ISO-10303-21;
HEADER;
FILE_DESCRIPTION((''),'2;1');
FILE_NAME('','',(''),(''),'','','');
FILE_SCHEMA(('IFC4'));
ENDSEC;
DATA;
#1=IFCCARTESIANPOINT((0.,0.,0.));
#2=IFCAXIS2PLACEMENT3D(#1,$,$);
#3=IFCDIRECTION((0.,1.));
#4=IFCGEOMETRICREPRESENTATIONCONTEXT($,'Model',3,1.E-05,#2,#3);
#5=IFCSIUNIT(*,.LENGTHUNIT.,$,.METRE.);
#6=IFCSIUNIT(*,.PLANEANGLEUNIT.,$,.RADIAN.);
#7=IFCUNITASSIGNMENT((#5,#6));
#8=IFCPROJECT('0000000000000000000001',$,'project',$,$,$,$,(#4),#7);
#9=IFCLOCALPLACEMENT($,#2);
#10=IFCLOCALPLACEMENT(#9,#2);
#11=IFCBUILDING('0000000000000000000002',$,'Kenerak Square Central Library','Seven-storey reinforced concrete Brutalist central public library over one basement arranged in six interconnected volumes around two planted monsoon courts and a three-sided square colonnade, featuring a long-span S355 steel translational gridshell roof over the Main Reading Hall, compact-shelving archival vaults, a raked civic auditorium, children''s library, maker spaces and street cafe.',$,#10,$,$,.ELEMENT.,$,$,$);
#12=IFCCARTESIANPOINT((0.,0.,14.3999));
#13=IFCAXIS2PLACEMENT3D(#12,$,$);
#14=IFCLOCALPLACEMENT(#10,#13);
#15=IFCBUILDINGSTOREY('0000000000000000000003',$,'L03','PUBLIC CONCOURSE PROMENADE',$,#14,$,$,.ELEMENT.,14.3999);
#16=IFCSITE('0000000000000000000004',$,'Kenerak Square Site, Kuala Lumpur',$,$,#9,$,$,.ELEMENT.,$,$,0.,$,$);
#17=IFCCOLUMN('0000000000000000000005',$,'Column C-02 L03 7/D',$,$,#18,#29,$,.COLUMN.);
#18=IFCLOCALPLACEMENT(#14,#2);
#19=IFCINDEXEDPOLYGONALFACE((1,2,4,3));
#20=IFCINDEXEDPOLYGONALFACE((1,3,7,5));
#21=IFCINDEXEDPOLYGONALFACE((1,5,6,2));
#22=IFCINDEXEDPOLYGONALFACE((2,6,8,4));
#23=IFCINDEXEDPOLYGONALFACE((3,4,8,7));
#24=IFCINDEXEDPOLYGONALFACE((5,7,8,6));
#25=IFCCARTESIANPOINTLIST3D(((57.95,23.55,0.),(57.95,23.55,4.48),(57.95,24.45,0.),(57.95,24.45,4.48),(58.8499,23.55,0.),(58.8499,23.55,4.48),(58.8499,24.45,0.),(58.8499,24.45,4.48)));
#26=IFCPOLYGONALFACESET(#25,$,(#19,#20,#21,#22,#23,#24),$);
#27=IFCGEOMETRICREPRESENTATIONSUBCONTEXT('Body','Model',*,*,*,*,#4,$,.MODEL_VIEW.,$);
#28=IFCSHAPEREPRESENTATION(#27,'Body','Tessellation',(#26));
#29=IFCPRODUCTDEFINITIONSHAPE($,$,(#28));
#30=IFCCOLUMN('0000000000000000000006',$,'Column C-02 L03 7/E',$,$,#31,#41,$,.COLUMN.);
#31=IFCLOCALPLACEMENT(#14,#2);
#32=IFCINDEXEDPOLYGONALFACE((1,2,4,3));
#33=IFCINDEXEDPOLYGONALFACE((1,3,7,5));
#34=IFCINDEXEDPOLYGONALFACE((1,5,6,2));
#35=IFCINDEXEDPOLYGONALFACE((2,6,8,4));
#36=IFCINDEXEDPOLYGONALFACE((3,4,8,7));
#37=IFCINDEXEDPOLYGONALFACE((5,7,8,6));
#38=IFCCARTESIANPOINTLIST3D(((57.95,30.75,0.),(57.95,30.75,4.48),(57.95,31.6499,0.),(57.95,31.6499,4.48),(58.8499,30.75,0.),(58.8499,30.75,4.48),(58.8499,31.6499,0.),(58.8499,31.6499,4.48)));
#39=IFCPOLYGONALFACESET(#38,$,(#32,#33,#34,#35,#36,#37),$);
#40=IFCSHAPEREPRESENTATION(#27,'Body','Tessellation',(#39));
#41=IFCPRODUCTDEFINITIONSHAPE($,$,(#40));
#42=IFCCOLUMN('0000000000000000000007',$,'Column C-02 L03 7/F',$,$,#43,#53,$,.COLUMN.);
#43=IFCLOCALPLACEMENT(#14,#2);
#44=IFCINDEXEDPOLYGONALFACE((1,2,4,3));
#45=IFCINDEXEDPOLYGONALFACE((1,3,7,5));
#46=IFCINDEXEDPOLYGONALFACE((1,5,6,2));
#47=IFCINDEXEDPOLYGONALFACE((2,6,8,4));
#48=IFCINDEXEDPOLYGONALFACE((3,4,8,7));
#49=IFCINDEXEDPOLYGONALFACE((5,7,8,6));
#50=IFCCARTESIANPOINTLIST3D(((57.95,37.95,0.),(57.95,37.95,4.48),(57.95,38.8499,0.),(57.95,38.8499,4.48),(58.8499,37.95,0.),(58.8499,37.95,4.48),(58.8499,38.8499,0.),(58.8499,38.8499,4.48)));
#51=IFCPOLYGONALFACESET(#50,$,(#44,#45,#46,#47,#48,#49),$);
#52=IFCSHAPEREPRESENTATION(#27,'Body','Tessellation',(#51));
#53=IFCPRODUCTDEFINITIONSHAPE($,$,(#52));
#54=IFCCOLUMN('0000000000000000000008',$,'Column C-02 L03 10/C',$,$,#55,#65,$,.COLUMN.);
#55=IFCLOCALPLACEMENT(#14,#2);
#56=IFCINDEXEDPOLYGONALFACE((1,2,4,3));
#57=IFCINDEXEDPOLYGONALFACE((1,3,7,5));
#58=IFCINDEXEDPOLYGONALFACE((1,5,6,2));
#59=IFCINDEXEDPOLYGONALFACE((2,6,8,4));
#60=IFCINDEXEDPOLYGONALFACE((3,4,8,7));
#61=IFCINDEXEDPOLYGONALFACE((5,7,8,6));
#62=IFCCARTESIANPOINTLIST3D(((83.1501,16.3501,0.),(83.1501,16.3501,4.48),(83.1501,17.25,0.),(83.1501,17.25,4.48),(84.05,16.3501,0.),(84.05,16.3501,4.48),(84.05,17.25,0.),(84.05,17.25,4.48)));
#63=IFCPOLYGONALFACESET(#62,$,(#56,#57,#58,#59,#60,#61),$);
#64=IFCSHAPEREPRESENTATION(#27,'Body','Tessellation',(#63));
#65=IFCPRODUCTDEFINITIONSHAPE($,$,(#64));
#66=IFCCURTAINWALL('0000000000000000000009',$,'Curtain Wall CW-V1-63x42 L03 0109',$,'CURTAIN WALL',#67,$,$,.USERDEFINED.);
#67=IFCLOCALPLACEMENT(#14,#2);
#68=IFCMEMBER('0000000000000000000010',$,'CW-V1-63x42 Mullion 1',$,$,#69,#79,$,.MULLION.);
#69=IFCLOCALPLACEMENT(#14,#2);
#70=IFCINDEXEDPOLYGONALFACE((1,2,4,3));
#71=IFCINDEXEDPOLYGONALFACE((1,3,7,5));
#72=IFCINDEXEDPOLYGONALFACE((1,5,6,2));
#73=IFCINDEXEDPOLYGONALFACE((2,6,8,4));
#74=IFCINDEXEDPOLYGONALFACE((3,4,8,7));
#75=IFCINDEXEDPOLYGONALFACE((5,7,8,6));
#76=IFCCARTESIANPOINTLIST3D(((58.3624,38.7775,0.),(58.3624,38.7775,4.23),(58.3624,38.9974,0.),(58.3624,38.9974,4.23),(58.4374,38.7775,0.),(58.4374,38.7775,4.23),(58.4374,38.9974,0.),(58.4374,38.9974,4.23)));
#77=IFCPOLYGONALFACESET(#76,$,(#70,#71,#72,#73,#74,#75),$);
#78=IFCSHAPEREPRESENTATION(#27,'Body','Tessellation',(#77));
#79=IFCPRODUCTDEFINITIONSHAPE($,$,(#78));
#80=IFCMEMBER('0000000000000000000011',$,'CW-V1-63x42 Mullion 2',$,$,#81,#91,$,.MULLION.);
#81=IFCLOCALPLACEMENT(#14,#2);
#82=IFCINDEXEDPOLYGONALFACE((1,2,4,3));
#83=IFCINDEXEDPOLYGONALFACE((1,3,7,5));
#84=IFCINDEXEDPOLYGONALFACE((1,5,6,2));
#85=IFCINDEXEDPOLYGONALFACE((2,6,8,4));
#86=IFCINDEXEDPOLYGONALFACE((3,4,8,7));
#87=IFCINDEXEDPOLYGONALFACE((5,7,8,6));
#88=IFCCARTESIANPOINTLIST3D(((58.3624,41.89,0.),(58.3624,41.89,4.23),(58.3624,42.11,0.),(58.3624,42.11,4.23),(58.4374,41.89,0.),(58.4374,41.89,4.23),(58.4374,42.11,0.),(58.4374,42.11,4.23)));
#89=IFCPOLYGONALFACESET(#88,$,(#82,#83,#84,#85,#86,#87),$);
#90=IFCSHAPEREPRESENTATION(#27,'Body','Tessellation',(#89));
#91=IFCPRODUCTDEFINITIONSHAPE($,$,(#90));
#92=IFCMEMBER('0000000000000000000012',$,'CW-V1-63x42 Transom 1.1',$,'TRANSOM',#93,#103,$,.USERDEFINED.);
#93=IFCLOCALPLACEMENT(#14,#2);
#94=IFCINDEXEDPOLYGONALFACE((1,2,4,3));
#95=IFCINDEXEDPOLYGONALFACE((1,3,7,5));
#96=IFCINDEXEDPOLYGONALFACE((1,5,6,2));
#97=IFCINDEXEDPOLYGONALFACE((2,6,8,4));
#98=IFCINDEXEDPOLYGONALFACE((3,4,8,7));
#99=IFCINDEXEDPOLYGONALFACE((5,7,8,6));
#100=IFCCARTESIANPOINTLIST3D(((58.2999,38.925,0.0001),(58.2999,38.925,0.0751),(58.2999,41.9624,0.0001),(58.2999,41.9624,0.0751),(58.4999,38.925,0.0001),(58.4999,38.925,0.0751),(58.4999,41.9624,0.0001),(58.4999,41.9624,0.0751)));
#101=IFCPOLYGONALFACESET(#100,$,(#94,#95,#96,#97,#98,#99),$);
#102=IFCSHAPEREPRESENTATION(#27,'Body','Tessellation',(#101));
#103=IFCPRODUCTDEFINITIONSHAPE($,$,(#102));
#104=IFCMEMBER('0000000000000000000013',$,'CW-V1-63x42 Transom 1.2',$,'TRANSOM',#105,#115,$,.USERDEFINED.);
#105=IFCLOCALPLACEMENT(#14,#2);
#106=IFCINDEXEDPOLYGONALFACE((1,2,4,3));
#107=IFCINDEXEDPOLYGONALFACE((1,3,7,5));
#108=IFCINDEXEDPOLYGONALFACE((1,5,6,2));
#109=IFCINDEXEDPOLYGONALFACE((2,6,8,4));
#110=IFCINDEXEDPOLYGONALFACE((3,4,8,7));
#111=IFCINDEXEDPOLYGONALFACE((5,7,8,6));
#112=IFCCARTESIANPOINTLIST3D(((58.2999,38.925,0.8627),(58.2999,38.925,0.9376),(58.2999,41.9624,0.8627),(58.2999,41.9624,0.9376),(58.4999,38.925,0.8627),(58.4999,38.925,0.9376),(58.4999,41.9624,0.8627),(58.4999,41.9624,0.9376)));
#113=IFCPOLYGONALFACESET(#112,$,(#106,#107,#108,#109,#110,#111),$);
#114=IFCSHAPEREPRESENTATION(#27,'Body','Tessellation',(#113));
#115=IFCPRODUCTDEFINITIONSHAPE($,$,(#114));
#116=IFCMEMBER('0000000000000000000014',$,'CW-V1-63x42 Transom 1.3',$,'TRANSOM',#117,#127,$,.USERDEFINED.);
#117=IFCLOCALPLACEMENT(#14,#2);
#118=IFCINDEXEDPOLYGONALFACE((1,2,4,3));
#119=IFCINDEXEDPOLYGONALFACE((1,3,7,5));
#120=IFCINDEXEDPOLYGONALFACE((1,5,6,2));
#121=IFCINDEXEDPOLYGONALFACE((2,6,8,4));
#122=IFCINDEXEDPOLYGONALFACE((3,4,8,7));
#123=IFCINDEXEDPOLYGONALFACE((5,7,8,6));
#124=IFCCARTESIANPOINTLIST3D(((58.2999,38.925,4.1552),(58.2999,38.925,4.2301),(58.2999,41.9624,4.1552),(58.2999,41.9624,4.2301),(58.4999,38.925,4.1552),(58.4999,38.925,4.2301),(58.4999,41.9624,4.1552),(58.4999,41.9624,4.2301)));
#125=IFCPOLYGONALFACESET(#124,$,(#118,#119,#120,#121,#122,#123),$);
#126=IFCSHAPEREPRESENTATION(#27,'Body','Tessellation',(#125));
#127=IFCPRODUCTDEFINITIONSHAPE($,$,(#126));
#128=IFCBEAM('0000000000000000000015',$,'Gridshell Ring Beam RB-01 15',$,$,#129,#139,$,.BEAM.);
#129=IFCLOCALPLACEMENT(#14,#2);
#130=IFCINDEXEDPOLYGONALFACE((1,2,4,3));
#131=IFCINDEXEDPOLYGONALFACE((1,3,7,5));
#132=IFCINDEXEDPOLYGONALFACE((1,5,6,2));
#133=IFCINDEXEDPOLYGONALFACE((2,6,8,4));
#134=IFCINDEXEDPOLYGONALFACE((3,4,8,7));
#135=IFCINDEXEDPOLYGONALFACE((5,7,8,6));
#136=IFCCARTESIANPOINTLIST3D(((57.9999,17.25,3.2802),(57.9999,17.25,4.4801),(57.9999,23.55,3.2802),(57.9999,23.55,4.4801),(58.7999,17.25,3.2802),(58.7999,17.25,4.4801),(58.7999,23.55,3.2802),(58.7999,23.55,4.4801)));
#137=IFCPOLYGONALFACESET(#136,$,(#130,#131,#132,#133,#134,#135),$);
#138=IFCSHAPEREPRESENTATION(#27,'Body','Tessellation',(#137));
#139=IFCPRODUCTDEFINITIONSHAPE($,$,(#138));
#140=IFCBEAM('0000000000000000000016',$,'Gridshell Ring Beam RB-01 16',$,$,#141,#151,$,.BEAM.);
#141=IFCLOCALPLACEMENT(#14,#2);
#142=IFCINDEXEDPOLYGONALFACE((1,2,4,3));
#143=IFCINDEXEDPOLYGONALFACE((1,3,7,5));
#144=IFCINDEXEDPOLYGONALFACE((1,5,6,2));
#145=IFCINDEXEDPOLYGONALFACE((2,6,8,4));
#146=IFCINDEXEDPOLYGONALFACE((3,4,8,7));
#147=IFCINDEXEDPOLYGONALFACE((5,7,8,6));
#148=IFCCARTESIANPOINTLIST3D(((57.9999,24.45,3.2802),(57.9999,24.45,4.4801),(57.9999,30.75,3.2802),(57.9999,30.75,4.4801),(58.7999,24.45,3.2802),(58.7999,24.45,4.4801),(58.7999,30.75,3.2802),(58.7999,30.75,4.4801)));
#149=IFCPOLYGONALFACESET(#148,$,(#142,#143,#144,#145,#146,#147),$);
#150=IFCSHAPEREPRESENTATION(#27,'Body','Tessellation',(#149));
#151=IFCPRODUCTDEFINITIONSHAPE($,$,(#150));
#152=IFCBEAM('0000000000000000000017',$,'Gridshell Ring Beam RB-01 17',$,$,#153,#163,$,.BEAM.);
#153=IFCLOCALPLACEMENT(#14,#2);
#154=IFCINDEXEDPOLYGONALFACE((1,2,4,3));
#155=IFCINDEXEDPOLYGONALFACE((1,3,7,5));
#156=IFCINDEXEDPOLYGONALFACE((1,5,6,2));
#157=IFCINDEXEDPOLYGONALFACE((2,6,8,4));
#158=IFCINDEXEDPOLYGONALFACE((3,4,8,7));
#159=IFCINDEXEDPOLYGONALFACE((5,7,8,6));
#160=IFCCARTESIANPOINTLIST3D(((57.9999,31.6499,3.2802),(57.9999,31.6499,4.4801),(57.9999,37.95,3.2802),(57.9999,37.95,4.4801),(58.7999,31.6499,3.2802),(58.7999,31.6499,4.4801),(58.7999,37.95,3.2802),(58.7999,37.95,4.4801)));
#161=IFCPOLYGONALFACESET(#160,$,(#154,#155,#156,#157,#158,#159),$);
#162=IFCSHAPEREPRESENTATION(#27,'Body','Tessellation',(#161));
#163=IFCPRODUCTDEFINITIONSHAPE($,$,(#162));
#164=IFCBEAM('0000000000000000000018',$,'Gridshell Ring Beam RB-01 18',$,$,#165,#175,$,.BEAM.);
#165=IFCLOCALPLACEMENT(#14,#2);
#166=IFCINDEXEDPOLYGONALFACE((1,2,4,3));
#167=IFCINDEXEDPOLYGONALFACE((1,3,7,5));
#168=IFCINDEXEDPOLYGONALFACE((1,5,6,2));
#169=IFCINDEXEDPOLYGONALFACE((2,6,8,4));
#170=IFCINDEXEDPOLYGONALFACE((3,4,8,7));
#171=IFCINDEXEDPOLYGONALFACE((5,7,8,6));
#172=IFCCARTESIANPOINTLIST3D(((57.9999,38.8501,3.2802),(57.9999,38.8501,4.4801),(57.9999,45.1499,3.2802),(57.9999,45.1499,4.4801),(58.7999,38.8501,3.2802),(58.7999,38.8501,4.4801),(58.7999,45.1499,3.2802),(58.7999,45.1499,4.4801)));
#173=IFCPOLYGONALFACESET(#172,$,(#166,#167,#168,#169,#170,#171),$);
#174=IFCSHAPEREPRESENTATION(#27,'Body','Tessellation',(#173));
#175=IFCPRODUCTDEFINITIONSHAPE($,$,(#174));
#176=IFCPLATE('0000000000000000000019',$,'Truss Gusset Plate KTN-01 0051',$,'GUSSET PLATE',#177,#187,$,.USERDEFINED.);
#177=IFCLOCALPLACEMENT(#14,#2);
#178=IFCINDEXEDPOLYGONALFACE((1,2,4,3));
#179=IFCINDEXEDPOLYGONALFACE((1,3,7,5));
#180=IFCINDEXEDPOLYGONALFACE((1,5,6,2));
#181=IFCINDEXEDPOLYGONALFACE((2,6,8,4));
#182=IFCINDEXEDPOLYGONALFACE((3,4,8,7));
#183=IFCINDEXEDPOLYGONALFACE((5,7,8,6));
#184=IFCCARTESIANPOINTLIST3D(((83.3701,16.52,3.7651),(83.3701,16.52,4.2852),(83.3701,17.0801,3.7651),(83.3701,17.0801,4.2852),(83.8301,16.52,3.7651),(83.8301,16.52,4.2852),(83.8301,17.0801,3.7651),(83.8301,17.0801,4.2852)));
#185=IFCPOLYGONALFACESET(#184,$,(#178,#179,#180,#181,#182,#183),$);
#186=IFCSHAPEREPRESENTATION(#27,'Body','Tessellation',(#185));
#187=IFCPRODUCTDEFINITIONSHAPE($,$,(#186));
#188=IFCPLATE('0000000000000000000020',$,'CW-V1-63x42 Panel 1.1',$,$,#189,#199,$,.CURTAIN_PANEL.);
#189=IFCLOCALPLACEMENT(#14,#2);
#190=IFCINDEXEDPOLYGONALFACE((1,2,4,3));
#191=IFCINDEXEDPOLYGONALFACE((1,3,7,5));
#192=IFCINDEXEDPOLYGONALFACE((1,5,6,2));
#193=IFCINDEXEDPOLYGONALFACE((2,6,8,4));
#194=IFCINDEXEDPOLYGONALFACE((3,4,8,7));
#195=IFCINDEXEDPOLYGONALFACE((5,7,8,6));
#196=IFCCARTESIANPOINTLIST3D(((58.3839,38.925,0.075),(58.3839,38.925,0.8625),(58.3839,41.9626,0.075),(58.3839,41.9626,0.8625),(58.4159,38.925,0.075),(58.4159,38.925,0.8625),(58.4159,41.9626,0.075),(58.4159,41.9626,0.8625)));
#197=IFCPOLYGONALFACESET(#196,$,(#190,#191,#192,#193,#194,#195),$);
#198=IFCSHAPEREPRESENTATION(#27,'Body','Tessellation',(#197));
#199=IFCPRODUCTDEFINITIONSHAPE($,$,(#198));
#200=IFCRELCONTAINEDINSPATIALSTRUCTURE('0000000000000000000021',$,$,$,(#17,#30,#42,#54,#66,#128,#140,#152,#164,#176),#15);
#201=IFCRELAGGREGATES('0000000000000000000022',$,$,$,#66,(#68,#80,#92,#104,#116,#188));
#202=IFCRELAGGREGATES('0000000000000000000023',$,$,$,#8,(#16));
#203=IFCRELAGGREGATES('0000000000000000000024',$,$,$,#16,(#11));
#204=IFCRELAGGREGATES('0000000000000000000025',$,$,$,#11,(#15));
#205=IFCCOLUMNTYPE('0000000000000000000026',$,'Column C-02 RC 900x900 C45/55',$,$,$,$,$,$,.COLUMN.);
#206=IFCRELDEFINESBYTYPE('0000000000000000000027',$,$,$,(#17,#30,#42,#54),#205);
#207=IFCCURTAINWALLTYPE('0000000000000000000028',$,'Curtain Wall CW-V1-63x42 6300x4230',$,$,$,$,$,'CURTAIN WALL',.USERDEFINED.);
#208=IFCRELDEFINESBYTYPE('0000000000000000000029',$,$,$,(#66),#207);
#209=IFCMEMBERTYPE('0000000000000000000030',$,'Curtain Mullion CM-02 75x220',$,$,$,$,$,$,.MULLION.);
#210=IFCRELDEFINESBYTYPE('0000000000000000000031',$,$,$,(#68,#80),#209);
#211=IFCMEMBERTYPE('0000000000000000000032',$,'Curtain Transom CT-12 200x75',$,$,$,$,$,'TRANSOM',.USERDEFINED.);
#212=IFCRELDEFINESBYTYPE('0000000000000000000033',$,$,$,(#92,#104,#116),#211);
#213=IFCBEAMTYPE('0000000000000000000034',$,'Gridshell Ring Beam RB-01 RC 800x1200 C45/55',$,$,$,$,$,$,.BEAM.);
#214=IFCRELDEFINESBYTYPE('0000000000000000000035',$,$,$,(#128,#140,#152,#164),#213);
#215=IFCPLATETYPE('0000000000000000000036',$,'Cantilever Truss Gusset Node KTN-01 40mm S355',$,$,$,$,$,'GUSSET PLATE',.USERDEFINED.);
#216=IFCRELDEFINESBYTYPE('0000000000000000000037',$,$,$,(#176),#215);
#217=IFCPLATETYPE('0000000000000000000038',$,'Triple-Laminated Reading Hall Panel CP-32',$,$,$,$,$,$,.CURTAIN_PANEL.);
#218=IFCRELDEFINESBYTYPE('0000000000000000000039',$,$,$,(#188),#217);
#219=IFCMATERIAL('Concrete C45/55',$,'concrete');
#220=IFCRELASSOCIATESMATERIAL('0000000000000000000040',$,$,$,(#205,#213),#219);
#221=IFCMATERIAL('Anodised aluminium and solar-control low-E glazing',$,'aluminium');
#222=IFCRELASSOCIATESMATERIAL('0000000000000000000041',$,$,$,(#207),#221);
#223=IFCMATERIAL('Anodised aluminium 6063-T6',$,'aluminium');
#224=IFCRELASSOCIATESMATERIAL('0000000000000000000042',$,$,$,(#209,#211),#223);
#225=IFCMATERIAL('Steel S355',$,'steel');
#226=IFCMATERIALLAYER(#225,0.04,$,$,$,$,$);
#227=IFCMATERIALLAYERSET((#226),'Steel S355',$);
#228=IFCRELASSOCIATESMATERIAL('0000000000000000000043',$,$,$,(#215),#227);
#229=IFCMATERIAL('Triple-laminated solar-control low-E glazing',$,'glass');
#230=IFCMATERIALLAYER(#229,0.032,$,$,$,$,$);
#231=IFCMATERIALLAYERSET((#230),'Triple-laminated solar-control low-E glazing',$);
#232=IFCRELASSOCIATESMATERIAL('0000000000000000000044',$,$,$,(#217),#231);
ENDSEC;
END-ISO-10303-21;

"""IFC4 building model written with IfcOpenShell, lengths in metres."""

from ifc_helpers import new_model, si_unit, direction, frame, origin, origin_2d, place, context, subcontext, project, spatial, rectangle, extrude, material, layer, layer_set, material_profile, profile_set, type_object, element, aggregate, save


model = new_model("IFC4")

# Units and contexts
model_context = context("Model", 3, precision=1e-05, world=origin(), true_north=direction((0.0, 1.0)))
body_context = subcontext(model_context, "Body", "Model", "MODEL_VIEW")
ifc_project = project(units=[si_unit("LENGTHUNIT", "METRE"), si_unit("PLANEANGLEUNIT", "RADIAN")], contexts=[model_context])

# Site, building, storey
site_placement = place(None, origin())
site = spatial("IfcSite", under=ifc_project, at=site_placement, Name="Kenerak Square Site, Kuala Lumpur", CompositionType="ELEMENT", RefElevation=0.0)
building_placement = place(site_placement, origin())
building = spatial("IfcBuilding", under=site, at=building_placement, Name="Kenerak Square Central Library", Description="Seven-storey reinforced concrete Brutalist central public library over one basement arranged in six interconnected volumes around two planted monsoon courts and a three-sided square colonnade, featuring a long-span S355 steel translational gridshell roof over the Main Reading Hall, compact-shelving archival vaults, a raked civic auditorium, children's library, maker spaces and street cafe.", CompositionType="ELEMENT")
storey_placement = place(building_placement, frame((0.0, 0.0, 14.3999)))
storey = spatial("IfcBuildingStorey", under=building, at=storey_placement, Name="L03", Description="PUBLIC CONCOURSE PROMENADE", CompositionType="ELEMENT", Elevation=14.3999)

# Columns
ifc_material_1 = material(Name="Concrete C45/55", Category="concrete")
ifc_material_profile_1 = material_profile(ifc_material_1, rectangle(XDim=0.8999, YDim=0.8999, at=origin_2d()), Name="RC 900x900")
ifc_profile_set_1 = profile_set([ifc_material_profile_1], Name="Concrete C45/55")
column_type = type_object("IfcColumnType", Name="Column C-02 RC 900x900 C45/55", PredefinedType="COLUMN", material=ifc_profile_set_1)
for number, where, z_axis, x_axis, name in (
    (1, (58.3999, 24.0, 0.0), (0.0, 0.0, 1.0), (1.0, 0.0, 0.0), "Column C-02 L03 7/D"),
    (2, (58.3999, 31.2, 0.0), (0.0, 0.0, 1.0), (1.0, 0.0, 0.0), "Column C-02 L03 7/E"),
    (3, (58.3999, 38.3999, 0.0), (0.0, 0.0, 1.0), (1.0, 0.0, 0.0), "Column C-02 L03 7/F"),
    (4, (83.6001, 16.8, 0.0), (0.0, 0.0, 1.0), (1.0, 0.0, 0.0), "Column C-02 L03 10/C"),
):
    element("IfcColumn", number, at=place(storey_placement, frame(where, z_axis=z_axis, x_axis=x_axis)), inside=storey, type_object=column_type, Name=name, PredefinedType="COLUMN", context=body_context, shape_type="SweptSolid", body=[
        extrude(rectangle(XDim=0.8999, YDim=0.8999, at=origin_2d()), origin(), (0.0, 0.0, 1.0), 4.48),
    ])

# Curtain wall, members
ifc_material_2 = material(Name="Anodised aluminium and solar-control low-E glazing", Category="aluminium")
curtain_wall_type = type_object("IfcCurtainWallType", Name="Curtain Wall CW-V1-63x42 6300x4230", ElementType="CURTAIN WALL", PredefinedType="USERDEFINED", material=ifc_material_2)
curtain_wall_placement = place(storey_placement, origin())
curtain_wall = element("IfcCurtainWall", 5, at=curtain_wall_placement, inside=storey, type_object=curtain_wall_type, Name="Curtain Wall CW-V1-63x42 L03 0109", ObjectType="CURTAIN WALL", PredefinedType="USERDEFINED")
ifc_material_3 = material(Name="Anodised aluminium 6063-T6", Category="aluminium")
ifc_material_profile_2 = material_profile(ifc_material_3, rectangle(XDim=0.075, YDim=0.22, at=origin_2d()), Name="AL MULLION 75x220")
ifc_profile_set_2 = profile_set([ifc_material_profile_2], Name="Anodised aluminium 6063-T6")
member_type_1 = type_object("IfcMemberType", Name="Curtain Mullion CM-02 75x220", PredefinedType="MULLION", material=ifc_profile_set_2)
member_1_placement = place(storey_placement, frame((58.3999, 38.8875, 0.0), z_axis=(0.0, 0.0, 1.0), x_axis=(-1.0, 0.0, 0.0)))
member_1 = element("IfcMember", 6, at=member_1_placement, type_object=member_type_1, Name="CW-V1-63x42 Mullion 1", PredefinedType="MULLION", context=body_context, shape_type="SweptSolid", body=[
    extrude(rectangle(XDim=0.075, YDim=0.22, at=origin_2d()), origin(), (0.0, 0.0, 1.0), 4.23),
])
member_2_placement = place(storey_placement, frame((58.3999, 42.0, 0.0), z_axis=(0.0, 0.0, 1.0), x_axis=(-1.0, 0.0, 0.0)))
member_2 = element("IfcMember", 7, at=member_2_placement, type_object=member_type_1, Name="CW-V1-63x42 Mullion 2", PredefinedType="MULLION", context=body_context, shape_type="SweptSolid", body=[
    extrude(rectangle(XDim=0.075, YDim=0.22, at=origin_2d()), origin(), (0.0, 0.0, 1.0), 4.23),
])
ifc_material_profile_3 = material_profile(ifc_material_3, rectangle(XDim=0.2, YDim=0.075, at=origin_2d()), Name="AL TRANSOM 200x75")
ifc_profile_set_3 = profile_set([ifc_material_profile_3], Name="Anodised aluminium 6063-T6")
member_type_2 = type_object("IfcMemberType", Name="Curtain Transom CT-12 200x75", ElementType="TRANSOM", PredefinedType="USERDEFINED", material=ifc_profile_set_3)
member_3_placement = place(storey_placement, frame((58.3999, 38.925, 0.0376), z_axis=(0.0, 1.0, 0.0), x_axis=(-1.0, 0.0, 0.0)))
member_3 = element("IfcMember", 8, at=member_3_placement, type_object=member_type_2, Name="CW-V1-63x42 Transom 1.1", ObjectType="TRANSOM", PredefinedType="USERDEFINED", context=body_context, shape_type="SweptSolid", body=[
    extrude(rectangle(XDim=0.2, YDim=0.075, at=origin_2d()), origin(), (0.0, 0.0, 1.0), 3.0374),
])
member_4_placement = place(storey_placement, frame((58.3999, 38.925, 0.9001), z_axis=(0.0, 1.0, 0.0), x_axis=(-1.0, 0.0, 0.0)))
member_4 = element("IfcMember", 9, at=member_4_placement, type_object=member_type_2, Name="CW-V1-63x42 Transom 1.2", ObjectType="TRANSOM", PredefinedType="USERDEFINED", context=body_context, shape_type="SweptSolid", body=[
    extrude(rectangle(XDim=0.2, YDim=0.075, at=origin_2d()), origin(), (0.0, 0.0, 1.0), 3.0374),
])
member_5_placement = place(storey_placement, frame((58.3999, 38.925, 4.1926), z_axis=(0.0, 1.0, 0.0), x_axis=(-1.0, 0.0, 0.0)))
member_5 = element("IfcMember", 10, at=member_5_placement, type_object=member_type_2, Name="CW-V1-63x42 Transom 1.3", ObjectType="TRANSOM", PredefinedType="USERDEFINED", context=body_context, shape_type="SweptSolid", body=[
    extrude(rectangle(XDim=0.2, YDim=0.075, at=origin_2d()), origin(), (0.0, 0.0, 1.0), 3.0374),
])

# Beams
ifc_material_profile_4 = material_profile(ifc_material_1, rectangle(XDim=0.8, YDim=1.2, at=origin_2d()), Name="RC 800x1200")
ifc_profile_set_4 = profile_set([ifc_material_profile_4], Name="Concrete C45/55")
beam_type = type_object("IfcBeamType", Name="Gridshell Ring Beam RB-01 RC 800x1200 C45/55", PredefinedType="BEAM", material=ifc_profile_set_4)
for number, where, z_axis, x_axis, name in (
    (11, (58.3999, 17.25, 3.8801), (0.0, 1.0, 0.0), (-1.0, 0.0, 0.0), "Gridshell Ring Beam RB-01 15"),
    (12, (58.3999, 24.45, 3.8801), (0.0, 1.0, 0.0), (-1.0, 0.0, 0.0), "Gridshell Ring Beam RB-01 16"),
    (13, (58.3999, 31.6499, 3.8801), (0.0, 1.0, 0.0), (-1.0, 0.0, 0.0), "Gridshell Ring Beam RB-01 17"),
):
    element("IfcBeam", number, at=place(storey_placement, frame(where, z_axis=z_axis, x_axis=x_axis)), inside=storey, type_object=beam_type, Name=name, PredefinedType="BEAM", context=body_context, shape_type="SweptSolid", body=[
        extrude(rectangle(XDim=0.8, YDim=1.2, at=origin_2d()), origin(), (0.0, 0.0, 1.0), 6.3),
    ])
beam_placement = place(storey_placement, frame((58.3999, 38.8501, 3.8801), z_axis=(0.0, 1.0, 0.0), x_axis=(-1.0, 0.0, 0.0)))
element("IfcBeam", 14, at=beam_placement, inside=storey, type_object=beam_type, Name="Gridshell Ring Beam RB-01 18", PredefinedType="BEAM", context=body_context, shape_type="SweptSolid", body=[
    extrude(rectangle(XDim=0.8, YDim=1.2, at=origin_2d()), origin(), (0.0, 0.0, 1.0), 6.2998),
])

# Plates
ifc_material_4 = material(Name="Steel S355", Category="steel")
ifc_layer_1 = layer(ifc_material_4, 0.04)
ifc_layer_set_1 = layer_set([ifc_layer_1], Name="Steel S355")
plate_type_1 = type_object("IfcPlateType", Name="Cantilever Truss Gusset Node KTN-01 40mm S355", ElementType="GUSSET PLATE", PredefinedType="USERDEFINED", material=ifc_layer_set_1)
plate_1_placement = place(storey_placement, frame((83.6001, 16.8, 3.7651), z_axis=(0.0, 0.0, 1.0), x_axis=(1.0, 0.0, 0.0)))
element("IfcPlate", 15, at=plate_1_placement, inside=storey, type_object=plate_type_1, Name="Truss Gusset Plate KTN-01 0051", ObjectType="GUSSET PLATE", PredefinedType="USERDEFINED", context=body_context, shape_type="SweptSolid", body=[
    extrude(rectangle(XDim=0.46, YDim=0.5601, at=origin_2d()), origin(), (0.0, 0.0, 1.0), 0.52),
])
ifc_material_5 = material(Name="Triple-laminated solar-control low-E glazing", Category="glass")
ifc_layer_2 = layer(ifc_material_5, 0.032)
ifc_layer_set_2 = layer_set([ifc_layer_2], Name="Triple-laminated solar-control low-E glazing")
plate_type_2 = type_object("IfcPlateType", Name="Triple-Laminated Reading Hall Panel CP-32", PredefinedType="CURTAIN_PANEL", material=ifc_layer_set_2)
plate_2_placement = place(storey_placement, frame((58.3999, 40.4438, 0.075), z_axis=(0.0, 0.0, 1.0), x_axis=(0.0, 1.0, 0.0)))
plate_2 = element("IfcPlate", 16, at=plate_2_placement, type_object=plate_type_2, Name="CW-V1-63x42 Panel 1.1", PredefinedType="CURTAIN_PANEL", context=body_context, shape_type="SweptSolid", body=[
    extrude(rectangle(XDim=3.0376, YDim=0.032, at=origin_2d()), origin(), (0.0, 0.0, 1.0), 0.7876),
])
aggregate(curtain_wall, [member_1, member_2, member_3, member_4, member_5, plate_2])

save(model, "model.ifc")
